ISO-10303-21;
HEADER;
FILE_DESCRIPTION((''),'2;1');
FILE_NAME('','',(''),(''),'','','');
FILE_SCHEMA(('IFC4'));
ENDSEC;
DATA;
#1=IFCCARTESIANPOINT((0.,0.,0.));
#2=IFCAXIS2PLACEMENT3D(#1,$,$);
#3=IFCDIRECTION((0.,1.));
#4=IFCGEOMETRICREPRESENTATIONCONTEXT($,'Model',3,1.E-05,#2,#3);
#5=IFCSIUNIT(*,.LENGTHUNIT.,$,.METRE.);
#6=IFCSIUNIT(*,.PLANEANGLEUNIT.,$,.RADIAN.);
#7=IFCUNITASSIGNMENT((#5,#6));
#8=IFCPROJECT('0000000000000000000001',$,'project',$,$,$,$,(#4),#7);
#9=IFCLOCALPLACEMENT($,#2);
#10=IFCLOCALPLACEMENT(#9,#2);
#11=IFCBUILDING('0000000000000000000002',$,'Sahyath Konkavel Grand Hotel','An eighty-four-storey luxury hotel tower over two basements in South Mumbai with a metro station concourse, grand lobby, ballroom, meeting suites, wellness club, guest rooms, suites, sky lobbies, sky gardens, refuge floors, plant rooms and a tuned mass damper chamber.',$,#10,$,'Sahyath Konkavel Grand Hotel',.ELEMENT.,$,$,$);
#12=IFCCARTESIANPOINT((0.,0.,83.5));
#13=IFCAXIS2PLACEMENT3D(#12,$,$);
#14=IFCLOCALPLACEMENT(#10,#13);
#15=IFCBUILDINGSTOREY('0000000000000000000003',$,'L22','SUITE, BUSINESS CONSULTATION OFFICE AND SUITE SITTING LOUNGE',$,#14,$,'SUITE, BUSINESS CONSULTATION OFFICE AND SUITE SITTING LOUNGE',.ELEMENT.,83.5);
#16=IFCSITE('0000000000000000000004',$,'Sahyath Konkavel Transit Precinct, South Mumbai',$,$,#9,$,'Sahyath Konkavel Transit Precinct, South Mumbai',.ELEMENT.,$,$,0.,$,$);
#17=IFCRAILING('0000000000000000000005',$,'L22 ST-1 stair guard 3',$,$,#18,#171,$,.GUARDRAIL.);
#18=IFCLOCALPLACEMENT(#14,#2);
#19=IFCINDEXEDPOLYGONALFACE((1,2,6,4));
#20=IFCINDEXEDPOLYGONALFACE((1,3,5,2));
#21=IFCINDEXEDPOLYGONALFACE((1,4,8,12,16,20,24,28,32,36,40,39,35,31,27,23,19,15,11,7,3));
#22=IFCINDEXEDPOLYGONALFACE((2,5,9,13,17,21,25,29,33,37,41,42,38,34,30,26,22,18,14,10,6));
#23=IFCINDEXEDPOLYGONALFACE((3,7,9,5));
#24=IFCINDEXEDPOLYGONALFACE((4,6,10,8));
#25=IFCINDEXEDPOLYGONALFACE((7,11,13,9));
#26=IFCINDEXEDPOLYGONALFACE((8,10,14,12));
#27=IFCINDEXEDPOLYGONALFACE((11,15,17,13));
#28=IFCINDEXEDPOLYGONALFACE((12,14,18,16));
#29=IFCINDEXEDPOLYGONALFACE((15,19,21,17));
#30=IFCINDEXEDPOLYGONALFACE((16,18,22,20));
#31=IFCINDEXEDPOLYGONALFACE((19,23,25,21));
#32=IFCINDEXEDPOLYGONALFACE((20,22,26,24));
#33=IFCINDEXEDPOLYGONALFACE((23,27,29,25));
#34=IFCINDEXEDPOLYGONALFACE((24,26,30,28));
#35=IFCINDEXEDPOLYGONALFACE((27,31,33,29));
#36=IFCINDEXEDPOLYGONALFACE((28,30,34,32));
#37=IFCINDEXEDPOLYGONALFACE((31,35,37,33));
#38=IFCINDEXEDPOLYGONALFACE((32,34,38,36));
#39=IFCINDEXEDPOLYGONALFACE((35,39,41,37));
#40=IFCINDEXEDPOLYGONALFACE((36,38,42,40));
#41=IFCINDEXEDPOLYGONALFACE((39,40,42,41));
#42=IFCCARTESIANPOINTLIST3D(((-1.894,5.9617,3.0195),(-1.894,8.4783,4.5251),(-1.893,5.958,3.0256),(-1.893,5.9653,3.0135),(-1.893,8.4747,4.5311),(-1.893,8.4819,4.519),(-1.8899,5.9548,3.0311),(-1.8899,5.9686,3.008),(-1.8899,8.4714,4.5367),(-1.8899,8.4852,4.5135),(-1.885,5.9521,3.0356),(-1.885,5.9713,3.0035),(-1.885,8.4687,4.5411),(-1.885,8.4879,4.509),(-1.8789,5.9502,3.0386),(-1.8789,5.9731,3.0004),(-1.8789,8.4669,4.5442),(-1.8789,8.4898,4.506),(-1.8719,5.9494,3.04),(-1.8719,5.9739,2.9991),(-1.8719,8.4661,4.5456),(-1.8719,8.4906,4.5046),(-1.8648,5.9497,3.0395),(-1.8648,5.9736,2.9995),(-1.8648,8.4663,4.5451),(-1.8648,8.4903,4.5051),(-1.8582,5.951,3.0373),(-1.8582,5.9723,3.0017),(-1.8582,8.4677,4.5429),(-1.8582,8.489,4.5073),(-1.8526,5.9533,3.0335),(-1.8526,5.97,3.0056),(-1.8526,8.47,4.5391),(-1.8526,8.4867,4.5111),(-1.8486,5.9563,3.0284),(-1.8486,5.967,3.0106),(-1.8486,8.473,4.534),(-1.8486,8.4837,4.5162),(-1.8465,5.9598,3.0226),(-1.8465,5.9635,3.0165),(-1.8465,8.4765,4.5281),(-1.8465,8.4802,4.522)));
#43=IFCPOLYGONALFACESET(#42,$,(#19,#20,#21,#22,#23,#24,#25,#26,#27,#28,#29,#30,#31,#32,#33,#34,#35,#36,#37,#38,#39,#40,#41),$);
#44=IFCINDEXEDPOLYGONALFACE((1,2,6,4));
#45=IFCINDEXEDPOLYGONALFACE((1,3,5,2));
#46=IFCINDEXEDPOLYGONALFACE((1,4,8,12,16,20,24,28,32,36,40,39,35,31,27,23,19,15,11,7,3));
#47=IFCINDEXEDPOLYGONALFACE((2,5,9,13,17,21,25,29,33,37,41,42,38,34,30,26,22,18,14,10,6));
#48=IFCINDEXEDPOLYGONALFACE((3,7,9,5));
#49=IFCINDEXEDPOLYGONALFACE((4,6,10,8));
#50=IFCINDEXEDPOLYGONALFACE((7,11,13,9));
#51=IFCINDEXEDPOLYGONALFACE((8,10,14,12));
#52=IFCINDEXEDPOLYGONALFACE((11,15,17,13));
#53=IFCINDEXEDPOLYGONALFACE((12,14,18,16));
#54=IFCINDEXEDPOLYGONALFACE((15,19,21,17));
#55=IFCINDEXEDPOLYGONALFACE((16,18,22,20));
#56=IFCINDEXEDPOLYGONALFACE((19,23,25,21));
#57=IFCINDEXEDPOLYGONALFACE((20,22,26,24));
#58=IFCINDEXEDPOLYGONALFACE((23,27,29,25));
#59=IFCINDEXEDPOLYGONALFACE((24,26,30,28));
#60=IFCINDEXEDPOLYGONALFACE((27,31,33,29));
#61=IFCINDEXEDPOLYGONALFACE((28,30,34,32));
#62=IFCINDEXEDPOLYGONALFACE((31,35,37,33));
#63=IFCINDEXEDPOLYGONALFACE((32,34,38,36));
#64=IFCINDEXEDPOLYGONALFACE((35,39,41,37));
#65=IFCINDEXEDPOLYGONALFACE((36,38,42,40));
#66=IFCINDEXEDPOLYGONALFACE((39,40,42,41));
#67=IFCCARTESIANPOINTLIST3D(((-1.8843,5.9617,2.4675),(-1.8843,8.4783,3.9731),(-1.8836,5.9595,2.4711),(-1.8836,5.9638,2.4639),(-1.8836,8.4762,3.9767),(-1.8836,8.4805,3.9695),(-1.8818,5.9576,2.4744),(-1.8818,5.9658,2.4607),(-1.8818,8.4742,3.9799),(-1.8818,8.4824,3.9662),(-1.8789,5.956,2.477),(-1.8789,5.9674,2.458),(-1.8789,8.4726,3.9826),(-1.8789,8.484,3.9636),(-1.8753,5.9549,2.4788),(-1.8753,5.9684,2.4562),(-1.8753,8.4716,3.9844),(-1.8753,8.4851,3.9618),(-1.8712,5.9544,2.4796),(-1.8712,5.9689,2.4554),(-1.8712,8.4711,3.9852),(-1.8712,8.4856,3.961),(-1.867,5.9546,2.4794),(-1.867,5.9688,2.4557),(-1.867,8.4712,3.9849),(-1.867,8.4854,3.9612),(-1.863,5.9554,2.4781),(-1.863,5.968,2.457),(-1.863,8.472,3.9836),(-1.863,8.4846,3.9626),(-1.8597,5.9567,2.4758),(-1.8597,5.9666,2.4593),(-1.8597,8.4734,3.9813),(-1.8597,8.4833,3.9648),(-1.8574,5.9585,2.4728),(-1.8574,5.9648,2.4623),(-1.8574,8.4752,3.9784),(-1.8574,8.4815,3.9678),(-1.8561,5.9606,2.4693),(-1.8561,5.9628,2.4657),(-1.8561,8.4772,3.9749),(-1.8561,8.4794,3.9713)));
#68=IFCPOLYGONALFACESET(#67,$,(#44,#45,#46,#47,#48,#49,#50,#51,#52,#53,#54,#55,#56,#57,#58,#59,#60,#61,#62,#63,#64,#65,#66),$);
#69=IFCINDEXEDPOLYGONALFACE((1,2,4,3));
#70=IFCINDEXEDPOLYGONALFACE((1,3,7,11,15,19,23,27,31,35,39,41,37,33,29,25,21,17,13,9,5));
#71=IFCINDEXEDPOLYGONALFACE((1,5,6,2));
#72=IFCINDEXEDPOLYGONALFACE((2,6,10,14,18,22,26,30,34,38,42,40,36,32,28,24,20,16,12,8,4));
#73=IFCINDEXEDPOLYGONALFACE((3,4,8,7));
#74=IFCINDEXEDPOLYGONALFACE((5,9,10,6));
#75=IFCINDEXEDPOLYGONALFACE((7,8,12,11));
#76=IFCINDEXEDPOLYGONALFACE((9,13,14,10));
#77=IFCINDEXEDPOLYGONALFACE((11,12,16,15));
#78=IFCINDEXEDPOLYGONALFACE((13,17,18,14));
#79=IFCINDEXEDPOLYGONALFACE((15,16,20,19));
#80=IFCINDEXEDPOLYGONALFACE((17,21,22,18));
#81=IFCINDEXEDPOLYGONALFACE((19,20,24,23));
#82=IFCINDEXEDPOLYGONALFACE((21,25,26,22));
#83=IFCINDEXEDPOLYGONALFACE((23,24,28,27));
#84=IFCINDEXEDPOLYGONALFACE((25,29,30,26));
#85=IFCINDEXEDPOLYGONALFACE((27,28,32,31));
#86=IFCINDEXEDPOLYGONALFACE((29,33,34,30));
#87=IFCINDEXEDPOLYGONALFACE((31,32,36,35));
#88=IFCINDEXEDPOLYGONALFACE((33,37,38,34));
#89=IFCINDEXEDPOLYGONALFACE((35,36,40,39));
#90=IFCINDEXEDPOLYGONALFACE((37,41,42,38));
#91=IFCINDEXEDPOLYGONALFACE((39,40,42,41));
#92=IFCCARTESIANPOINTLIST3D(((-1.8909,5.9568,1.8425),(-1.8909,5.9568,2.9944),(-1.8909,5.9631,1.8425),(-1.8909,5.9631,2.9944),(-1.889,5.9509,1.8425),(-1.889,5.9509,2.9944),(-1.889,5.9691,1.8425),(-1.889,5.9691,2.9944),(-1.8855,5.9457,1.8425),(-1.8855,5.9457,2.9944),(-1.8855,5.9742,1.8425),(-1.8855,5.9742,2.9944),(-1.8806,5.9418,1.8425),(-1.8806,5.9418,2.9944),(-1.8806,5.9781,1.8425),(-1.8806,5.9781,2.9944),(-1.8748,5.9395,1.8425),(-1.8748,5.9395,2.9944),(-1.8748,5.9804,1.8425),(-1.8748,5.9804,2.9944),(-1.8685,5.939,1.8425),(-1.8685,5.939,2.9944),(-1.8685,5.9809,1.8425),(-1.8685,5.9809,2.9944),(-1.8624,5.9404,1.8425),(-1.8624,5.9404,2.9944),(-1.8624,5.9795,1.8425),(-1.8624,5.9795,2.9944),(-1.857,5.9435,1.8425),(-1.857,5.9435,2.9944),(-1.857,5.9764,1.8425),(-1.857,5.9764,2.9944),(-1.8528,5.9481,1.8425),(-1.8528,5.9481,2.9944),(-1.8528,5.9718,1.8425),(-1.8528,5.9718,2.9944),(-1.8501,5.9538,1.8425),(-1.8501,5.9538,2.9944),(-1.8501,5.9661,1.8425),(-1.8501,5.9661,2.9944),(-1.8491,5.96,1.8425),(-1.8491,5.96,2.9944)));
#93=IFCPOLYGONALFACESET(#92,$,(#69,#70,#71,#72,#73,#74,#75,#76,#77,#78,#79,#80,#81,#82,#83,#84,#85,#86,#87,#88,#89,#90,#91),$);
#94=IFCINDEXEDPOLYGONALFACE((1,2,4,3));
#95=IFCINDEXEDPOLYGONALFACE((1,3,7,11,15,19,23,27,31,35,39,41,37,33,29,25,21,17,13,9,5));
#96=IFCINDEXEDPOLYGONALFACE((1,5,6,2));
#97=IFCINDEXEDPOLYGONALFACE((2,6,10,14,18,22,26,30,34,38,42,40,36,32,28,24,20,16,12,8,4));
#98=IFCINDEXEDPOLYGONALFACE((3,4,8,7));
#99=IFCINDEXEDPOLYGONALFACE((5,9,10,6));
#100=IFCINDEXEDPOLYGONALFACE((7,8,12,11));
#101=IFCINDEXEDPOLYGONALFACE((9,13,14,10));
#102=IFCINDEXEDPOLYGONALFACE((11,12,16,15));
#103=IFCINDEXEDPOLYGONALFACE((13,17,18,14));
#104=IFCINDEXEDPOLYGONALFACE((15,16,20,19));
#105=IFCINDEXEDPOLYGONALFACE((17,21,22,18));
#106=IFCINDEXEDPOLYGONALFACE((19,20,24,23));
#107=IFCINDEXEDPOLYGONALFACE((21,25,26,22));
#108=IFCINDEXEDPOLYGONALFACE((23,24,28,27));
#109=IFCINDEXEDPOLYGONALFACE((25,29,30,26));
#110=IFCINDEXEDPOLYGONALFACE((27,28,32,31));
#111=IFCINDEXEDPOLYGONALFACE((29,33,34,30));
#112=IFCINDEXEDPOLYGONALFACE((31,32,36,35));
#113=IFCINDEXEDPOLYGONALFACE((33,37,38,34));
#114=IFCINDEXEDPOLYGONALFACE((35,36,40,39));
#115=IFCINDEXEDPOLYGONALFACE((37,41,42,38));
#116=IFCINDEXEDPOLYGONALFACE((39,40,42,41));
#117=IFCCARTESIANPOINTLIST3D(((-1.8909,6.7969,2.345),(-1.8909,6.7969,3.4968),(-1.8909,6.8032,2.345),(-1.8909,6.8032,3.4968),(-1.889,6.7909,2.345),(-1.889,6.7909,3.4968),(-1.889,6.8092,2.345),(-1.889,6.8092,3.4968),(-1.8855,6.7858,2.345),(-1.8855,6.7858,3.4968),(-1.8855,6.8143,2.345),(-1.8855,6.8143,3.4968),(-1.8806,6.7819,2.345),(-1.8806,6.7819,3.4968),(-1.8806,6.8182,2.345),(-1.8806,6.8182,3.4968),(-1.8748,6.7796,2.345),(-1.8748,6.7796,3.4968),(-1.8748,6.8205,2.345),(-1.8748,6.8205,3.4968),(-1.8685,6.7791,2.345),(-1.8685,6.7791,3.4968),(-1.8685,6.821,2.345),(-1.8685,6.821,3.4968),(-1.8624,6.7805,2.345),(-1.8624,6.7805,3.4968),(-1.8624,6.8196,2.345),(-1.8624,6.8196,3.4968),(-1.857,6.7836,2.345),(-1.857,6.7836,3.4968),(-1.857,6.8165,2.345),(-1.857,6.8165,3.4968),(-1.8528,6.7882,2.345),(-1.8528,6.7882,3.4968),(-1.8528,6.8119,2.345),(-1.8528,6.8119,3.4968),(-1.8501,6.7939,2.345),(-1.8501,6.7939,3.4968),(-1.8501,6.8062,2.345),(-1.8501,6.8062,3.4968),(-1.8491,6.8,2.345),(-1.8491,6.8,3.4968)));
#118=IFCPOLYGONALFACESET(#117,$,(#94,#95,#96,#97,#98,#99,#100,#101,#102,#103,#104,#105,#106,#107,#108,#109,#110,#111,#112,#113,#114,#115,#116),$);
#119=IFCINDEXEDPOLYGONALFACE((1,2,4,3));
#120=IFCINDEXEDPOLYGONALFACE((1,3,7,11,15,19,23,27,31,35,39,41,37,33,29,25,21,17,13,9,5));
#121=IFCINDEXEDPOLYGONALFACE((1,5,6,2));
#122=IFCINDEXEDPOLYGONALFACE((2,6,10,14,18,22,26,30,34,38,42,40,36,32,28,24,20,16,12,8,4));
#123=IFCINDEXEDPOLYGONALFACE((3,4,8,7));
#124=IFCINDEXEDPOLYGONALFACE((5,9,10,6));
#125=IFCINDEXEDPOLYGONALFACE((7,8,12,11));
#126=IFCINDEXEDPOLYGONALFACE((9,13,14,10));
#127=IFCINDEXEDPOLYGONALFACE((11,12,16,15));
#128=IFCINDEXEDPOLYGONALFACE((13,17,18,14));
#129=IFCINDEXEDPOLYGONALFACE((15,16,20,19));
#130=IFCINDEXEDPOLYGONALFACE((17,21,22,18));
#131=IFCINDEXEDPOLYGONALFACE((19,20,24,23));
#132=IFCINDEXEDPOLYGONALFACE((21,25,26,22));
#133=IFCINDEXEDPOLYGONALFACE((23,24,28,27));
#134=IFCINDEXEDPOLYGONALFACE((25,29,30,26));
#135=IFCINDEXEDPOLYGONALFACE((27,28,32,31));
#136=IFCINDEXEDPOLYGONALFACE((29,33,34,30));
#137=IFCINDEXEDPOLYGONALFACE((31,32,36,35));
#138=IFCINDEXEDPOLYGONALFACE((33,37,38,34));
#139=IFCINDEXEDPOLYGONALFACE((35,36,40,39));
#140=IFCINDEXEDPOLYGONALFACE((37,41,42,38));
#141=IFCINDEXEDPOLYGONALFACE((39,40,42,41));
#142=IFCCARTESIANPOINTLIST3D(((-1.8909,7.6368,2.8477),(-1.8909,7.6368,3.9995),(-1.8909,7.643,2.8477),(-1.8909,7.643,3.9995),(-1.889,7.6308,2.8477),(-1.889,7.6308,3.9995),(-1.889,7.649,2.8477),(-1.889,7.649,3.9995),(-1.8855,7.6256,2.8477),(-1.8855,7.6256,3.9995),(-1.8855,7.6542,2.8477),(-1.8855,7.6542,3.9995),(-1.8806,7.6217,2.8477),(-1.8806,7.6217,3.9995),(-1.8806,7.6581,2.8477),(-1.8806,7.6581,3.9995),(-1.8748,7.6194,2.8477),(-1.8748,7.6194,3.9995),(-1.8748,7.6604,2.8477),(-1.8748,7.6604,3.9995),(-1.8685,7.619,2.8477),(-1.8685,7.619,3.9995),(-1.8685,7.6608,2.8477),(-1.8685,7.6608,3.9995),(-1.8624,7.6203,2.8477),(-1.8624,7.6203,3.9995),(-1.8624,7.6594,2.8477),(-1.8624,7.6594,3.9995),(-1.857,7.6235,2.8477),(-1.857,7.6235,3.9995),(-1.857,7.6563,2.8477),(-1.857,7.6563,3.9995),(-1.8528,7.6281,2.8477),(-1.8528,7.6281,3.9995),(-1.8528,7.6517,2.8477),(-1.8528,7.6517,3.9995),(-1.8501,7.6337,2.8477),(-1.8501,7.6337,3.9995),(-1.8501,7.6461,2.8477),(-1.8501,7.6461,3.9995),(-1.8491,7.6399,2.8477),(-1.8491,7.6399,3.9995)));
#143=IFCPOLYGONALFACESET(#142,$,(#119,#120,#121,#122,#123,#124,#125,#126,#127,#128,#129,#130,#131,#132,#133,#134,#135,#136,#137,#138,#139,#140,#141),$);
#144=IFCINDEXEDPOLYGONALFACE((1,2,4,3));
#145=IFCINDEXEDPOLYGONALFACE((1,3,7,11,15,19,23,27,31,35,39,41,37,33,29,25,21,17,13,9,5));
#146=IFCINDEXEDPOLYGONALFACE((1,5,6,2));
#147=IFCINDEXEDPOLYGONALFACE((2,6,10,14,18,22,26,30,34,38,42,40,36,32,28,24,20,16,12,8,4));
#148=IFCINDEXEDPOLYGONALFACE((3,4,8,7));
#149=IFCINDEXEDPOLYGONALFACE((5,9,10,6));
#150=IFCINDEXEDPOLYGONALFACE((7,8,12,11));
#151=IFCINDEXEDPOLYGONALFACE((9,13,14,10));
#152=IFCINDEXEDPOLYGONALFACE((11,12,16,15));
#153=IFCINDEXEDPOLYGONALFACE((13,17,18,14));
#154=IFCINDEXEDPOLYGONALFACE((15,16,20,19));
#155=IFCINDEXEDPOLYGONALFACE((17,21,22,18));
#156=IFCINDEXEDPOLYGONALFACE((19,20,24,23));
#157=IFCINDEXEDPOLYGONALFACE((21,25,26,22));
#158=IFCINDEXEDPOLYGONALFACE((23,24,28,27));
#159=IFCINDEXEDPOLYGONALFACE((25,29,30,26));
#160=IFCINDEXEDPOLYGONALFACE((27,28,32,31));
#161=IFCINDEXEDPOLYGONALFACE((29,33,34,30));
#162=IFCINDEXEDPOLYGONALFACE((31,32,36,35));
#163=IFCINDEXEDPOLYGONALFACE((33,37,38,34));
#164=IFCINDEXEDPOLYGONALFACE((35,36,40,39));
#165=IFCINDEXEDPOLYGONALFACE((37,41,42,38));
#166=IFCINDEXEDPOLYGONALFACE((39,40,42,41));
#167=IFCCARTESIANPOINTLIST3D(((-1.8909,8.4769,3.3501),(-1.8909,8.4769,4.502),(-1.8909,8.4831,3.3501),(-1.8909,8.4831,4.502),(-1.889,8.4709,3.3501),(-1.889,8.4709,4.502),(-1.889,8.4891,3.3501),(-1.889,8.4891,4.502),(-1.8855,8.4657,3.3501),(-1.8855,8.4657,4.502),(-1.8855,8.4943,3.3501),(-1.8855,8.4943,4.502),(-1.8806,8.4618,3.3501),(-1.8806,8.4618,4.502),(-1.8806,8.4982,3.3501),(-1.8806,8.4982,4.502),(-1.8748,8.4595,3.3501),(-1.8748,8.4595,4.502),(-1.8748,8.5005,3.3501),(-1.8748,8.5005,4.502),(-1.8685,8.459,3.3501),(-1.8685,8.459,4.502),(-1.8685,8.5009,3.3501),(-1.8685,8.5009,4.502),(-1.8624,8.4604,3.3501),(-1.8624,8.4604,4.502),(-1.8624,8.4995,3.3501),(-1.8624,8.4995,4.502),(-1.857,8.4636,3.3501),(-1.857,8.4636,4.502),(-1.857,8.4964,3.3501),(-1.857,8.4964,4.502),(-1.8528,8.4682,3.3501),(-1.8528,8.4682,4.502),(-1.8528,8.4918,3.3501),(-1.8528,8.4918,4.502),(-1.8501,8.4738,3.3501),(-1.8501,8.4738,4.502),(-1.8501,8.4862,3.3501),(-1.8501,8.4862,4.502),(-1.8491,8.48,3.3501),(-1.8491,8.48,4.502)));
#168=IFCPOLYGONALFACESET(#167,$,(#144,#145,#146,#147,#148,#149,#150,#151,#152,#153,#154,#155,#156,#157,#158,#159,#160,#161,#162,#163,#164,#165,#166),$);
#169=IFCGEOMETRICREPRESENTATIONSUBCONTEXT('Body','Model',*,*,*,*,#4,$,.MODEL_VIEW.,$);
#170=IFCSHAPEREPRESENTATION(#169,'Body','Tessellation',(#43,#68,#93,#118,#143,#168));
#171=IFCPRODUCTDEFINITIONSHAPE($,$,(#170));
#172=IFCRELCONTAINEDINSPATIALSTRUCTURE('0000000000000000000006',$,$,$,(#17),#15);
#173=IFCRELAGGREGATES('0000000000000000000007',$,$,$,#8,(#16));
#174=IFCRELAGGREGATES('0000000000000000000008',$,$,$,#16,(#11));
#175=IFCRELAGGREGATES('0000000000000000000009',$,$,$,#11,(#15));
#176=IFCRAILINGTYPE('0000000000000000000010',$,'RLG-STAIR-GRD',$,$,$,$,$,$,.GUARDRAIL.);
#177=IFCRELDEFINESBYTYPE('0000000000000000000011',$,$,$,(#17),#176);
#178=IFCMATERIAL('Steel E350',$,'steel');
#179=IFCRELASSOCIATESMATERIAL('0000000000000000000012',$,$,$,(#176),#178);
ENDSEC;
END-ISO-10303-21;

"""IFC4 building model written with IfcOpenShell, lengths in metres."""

from ifc_helpers import new_model, si_unit, direction, frame, origin, origin_2d, place, context, subcontext, project, spatial, circle, extrude, material, type_object, element, save


model = new_model("IFC4")

# Units and contexts
model_context = context("Model", 3, precision=1e-05, world=origin(), true_north=direction((0.0, 1.0)))
body_context = subcontext(model_context, "Body", "Model", "MODEL_VIEW")
ifc_project = project(units=[si_unit("LENGTHUNIT", "METRE"), si_unit("PLANEANGLEUNIT", "RADIAN")], contexts=[model_context])

# Site, building, storey
site_placement = place(None, origin())
site = spatial("IfcSite", under=ifc_project, at=site_placement, Name="Sahyath Konkavel Transit Precinct, South Mumbai", LongName="Sahyath Konkavel Transit Precinct, South Mumbai", CompositionType="ELEMENT", RefElevation=0.0)
building_placement = place(site_placement, origin())
building = spatial("IfcBuilding", under=site, at=building_placement, Name="Sahyath Konkavel Grand Hotel", Description="An eighty-four-storey luxury hotel tower over two basements in South Mumbai with a metro station concourse, grand lobby, ballroom, meeting suites, wellness club, guest rooms, suites, sky lobbies, sky gardens, refuge floors, plant rooms and a tuned mass damper chamber.", LongName="Sahyath Konkavel Grand Hotel", CompositionType="ELEMENT")
storey_placement = place(building_placement, frame((0.0, 0.0, 83.5)))
storey = spatial("IfcBuildingStorey", under=building, at=storey_placement, Name="L22", Description="SUITE, BUSINESS CONSULTATION OFFICE AND SUITE SITTING LOUNGE", LongName="SUITE, BUSINESS CONSULTATION OFFICE AND SUITE SITTING LOUNGE", CompositionType="ELEMENT", Elevation=83.5)

# Shared definitions
ifc_material_1 = material(Name="Steel E350", Category="steel")

# Railing
railing_type_1 = type_object("IfcRailingType", Name="RLG-STAIR-GRD", PredefinedType="GUARDRAIL", material=ifc_material_1)
railing_1_placement = place(storey_placement, frame((-1.8701, 5.96, 1.8425)))
element("IfcRailing", 1, at=railing_1_placement, inside=storey, type_object=railing_type_1, Name="L22 ST-1 stair guard 3", PredefinedType="GUARDRAIL", context=body_context, shape_type="SweptSolid", body=[
    extrude(circle(Radius=0.0239, at=origin_2d()), frame((0.0, 0.0017, 1.177), z_axis=(0.0, 0.85816, 0.513383), x_axis=(-1.0, 0.0, 0.0)), (0.0, 0.0, 1.0), 2.9326),
    extrude(circle(Radius=0.0142, at=origin_2d()), frame((0.0, 0.0017, 0.625), z_axis=(0.0, 0.85816, 0.513383), x_axis=(-1.0, 0.0, 0.0)), (0.0, 0.0, 1.0), 2.9326),
    extrude(circle(Radius=0.021, at=origin_2d()), origin(), (0.0, 0.0, 1.0), 1.1519),
    extrude(circle(Radius=0.021, at=origin_2d()), frame((0.0, 0.8401, 0.5024)), (0.0, 0.0, 1.0), 1.1519),
    extrude(circle(Radius=0.021, at=origin_2d()), frame((0.0, 1.6799, 1.0051)), (0.0, 0.0, 1.0), 1.1519),
    extrude(circle(Radius=0.021, at=origin_2d()), frame((0.0, 2.52, 1.5076)), (0.0, 0.0, 1.0), 1.1519),
])

save(model, "model.ifc")
